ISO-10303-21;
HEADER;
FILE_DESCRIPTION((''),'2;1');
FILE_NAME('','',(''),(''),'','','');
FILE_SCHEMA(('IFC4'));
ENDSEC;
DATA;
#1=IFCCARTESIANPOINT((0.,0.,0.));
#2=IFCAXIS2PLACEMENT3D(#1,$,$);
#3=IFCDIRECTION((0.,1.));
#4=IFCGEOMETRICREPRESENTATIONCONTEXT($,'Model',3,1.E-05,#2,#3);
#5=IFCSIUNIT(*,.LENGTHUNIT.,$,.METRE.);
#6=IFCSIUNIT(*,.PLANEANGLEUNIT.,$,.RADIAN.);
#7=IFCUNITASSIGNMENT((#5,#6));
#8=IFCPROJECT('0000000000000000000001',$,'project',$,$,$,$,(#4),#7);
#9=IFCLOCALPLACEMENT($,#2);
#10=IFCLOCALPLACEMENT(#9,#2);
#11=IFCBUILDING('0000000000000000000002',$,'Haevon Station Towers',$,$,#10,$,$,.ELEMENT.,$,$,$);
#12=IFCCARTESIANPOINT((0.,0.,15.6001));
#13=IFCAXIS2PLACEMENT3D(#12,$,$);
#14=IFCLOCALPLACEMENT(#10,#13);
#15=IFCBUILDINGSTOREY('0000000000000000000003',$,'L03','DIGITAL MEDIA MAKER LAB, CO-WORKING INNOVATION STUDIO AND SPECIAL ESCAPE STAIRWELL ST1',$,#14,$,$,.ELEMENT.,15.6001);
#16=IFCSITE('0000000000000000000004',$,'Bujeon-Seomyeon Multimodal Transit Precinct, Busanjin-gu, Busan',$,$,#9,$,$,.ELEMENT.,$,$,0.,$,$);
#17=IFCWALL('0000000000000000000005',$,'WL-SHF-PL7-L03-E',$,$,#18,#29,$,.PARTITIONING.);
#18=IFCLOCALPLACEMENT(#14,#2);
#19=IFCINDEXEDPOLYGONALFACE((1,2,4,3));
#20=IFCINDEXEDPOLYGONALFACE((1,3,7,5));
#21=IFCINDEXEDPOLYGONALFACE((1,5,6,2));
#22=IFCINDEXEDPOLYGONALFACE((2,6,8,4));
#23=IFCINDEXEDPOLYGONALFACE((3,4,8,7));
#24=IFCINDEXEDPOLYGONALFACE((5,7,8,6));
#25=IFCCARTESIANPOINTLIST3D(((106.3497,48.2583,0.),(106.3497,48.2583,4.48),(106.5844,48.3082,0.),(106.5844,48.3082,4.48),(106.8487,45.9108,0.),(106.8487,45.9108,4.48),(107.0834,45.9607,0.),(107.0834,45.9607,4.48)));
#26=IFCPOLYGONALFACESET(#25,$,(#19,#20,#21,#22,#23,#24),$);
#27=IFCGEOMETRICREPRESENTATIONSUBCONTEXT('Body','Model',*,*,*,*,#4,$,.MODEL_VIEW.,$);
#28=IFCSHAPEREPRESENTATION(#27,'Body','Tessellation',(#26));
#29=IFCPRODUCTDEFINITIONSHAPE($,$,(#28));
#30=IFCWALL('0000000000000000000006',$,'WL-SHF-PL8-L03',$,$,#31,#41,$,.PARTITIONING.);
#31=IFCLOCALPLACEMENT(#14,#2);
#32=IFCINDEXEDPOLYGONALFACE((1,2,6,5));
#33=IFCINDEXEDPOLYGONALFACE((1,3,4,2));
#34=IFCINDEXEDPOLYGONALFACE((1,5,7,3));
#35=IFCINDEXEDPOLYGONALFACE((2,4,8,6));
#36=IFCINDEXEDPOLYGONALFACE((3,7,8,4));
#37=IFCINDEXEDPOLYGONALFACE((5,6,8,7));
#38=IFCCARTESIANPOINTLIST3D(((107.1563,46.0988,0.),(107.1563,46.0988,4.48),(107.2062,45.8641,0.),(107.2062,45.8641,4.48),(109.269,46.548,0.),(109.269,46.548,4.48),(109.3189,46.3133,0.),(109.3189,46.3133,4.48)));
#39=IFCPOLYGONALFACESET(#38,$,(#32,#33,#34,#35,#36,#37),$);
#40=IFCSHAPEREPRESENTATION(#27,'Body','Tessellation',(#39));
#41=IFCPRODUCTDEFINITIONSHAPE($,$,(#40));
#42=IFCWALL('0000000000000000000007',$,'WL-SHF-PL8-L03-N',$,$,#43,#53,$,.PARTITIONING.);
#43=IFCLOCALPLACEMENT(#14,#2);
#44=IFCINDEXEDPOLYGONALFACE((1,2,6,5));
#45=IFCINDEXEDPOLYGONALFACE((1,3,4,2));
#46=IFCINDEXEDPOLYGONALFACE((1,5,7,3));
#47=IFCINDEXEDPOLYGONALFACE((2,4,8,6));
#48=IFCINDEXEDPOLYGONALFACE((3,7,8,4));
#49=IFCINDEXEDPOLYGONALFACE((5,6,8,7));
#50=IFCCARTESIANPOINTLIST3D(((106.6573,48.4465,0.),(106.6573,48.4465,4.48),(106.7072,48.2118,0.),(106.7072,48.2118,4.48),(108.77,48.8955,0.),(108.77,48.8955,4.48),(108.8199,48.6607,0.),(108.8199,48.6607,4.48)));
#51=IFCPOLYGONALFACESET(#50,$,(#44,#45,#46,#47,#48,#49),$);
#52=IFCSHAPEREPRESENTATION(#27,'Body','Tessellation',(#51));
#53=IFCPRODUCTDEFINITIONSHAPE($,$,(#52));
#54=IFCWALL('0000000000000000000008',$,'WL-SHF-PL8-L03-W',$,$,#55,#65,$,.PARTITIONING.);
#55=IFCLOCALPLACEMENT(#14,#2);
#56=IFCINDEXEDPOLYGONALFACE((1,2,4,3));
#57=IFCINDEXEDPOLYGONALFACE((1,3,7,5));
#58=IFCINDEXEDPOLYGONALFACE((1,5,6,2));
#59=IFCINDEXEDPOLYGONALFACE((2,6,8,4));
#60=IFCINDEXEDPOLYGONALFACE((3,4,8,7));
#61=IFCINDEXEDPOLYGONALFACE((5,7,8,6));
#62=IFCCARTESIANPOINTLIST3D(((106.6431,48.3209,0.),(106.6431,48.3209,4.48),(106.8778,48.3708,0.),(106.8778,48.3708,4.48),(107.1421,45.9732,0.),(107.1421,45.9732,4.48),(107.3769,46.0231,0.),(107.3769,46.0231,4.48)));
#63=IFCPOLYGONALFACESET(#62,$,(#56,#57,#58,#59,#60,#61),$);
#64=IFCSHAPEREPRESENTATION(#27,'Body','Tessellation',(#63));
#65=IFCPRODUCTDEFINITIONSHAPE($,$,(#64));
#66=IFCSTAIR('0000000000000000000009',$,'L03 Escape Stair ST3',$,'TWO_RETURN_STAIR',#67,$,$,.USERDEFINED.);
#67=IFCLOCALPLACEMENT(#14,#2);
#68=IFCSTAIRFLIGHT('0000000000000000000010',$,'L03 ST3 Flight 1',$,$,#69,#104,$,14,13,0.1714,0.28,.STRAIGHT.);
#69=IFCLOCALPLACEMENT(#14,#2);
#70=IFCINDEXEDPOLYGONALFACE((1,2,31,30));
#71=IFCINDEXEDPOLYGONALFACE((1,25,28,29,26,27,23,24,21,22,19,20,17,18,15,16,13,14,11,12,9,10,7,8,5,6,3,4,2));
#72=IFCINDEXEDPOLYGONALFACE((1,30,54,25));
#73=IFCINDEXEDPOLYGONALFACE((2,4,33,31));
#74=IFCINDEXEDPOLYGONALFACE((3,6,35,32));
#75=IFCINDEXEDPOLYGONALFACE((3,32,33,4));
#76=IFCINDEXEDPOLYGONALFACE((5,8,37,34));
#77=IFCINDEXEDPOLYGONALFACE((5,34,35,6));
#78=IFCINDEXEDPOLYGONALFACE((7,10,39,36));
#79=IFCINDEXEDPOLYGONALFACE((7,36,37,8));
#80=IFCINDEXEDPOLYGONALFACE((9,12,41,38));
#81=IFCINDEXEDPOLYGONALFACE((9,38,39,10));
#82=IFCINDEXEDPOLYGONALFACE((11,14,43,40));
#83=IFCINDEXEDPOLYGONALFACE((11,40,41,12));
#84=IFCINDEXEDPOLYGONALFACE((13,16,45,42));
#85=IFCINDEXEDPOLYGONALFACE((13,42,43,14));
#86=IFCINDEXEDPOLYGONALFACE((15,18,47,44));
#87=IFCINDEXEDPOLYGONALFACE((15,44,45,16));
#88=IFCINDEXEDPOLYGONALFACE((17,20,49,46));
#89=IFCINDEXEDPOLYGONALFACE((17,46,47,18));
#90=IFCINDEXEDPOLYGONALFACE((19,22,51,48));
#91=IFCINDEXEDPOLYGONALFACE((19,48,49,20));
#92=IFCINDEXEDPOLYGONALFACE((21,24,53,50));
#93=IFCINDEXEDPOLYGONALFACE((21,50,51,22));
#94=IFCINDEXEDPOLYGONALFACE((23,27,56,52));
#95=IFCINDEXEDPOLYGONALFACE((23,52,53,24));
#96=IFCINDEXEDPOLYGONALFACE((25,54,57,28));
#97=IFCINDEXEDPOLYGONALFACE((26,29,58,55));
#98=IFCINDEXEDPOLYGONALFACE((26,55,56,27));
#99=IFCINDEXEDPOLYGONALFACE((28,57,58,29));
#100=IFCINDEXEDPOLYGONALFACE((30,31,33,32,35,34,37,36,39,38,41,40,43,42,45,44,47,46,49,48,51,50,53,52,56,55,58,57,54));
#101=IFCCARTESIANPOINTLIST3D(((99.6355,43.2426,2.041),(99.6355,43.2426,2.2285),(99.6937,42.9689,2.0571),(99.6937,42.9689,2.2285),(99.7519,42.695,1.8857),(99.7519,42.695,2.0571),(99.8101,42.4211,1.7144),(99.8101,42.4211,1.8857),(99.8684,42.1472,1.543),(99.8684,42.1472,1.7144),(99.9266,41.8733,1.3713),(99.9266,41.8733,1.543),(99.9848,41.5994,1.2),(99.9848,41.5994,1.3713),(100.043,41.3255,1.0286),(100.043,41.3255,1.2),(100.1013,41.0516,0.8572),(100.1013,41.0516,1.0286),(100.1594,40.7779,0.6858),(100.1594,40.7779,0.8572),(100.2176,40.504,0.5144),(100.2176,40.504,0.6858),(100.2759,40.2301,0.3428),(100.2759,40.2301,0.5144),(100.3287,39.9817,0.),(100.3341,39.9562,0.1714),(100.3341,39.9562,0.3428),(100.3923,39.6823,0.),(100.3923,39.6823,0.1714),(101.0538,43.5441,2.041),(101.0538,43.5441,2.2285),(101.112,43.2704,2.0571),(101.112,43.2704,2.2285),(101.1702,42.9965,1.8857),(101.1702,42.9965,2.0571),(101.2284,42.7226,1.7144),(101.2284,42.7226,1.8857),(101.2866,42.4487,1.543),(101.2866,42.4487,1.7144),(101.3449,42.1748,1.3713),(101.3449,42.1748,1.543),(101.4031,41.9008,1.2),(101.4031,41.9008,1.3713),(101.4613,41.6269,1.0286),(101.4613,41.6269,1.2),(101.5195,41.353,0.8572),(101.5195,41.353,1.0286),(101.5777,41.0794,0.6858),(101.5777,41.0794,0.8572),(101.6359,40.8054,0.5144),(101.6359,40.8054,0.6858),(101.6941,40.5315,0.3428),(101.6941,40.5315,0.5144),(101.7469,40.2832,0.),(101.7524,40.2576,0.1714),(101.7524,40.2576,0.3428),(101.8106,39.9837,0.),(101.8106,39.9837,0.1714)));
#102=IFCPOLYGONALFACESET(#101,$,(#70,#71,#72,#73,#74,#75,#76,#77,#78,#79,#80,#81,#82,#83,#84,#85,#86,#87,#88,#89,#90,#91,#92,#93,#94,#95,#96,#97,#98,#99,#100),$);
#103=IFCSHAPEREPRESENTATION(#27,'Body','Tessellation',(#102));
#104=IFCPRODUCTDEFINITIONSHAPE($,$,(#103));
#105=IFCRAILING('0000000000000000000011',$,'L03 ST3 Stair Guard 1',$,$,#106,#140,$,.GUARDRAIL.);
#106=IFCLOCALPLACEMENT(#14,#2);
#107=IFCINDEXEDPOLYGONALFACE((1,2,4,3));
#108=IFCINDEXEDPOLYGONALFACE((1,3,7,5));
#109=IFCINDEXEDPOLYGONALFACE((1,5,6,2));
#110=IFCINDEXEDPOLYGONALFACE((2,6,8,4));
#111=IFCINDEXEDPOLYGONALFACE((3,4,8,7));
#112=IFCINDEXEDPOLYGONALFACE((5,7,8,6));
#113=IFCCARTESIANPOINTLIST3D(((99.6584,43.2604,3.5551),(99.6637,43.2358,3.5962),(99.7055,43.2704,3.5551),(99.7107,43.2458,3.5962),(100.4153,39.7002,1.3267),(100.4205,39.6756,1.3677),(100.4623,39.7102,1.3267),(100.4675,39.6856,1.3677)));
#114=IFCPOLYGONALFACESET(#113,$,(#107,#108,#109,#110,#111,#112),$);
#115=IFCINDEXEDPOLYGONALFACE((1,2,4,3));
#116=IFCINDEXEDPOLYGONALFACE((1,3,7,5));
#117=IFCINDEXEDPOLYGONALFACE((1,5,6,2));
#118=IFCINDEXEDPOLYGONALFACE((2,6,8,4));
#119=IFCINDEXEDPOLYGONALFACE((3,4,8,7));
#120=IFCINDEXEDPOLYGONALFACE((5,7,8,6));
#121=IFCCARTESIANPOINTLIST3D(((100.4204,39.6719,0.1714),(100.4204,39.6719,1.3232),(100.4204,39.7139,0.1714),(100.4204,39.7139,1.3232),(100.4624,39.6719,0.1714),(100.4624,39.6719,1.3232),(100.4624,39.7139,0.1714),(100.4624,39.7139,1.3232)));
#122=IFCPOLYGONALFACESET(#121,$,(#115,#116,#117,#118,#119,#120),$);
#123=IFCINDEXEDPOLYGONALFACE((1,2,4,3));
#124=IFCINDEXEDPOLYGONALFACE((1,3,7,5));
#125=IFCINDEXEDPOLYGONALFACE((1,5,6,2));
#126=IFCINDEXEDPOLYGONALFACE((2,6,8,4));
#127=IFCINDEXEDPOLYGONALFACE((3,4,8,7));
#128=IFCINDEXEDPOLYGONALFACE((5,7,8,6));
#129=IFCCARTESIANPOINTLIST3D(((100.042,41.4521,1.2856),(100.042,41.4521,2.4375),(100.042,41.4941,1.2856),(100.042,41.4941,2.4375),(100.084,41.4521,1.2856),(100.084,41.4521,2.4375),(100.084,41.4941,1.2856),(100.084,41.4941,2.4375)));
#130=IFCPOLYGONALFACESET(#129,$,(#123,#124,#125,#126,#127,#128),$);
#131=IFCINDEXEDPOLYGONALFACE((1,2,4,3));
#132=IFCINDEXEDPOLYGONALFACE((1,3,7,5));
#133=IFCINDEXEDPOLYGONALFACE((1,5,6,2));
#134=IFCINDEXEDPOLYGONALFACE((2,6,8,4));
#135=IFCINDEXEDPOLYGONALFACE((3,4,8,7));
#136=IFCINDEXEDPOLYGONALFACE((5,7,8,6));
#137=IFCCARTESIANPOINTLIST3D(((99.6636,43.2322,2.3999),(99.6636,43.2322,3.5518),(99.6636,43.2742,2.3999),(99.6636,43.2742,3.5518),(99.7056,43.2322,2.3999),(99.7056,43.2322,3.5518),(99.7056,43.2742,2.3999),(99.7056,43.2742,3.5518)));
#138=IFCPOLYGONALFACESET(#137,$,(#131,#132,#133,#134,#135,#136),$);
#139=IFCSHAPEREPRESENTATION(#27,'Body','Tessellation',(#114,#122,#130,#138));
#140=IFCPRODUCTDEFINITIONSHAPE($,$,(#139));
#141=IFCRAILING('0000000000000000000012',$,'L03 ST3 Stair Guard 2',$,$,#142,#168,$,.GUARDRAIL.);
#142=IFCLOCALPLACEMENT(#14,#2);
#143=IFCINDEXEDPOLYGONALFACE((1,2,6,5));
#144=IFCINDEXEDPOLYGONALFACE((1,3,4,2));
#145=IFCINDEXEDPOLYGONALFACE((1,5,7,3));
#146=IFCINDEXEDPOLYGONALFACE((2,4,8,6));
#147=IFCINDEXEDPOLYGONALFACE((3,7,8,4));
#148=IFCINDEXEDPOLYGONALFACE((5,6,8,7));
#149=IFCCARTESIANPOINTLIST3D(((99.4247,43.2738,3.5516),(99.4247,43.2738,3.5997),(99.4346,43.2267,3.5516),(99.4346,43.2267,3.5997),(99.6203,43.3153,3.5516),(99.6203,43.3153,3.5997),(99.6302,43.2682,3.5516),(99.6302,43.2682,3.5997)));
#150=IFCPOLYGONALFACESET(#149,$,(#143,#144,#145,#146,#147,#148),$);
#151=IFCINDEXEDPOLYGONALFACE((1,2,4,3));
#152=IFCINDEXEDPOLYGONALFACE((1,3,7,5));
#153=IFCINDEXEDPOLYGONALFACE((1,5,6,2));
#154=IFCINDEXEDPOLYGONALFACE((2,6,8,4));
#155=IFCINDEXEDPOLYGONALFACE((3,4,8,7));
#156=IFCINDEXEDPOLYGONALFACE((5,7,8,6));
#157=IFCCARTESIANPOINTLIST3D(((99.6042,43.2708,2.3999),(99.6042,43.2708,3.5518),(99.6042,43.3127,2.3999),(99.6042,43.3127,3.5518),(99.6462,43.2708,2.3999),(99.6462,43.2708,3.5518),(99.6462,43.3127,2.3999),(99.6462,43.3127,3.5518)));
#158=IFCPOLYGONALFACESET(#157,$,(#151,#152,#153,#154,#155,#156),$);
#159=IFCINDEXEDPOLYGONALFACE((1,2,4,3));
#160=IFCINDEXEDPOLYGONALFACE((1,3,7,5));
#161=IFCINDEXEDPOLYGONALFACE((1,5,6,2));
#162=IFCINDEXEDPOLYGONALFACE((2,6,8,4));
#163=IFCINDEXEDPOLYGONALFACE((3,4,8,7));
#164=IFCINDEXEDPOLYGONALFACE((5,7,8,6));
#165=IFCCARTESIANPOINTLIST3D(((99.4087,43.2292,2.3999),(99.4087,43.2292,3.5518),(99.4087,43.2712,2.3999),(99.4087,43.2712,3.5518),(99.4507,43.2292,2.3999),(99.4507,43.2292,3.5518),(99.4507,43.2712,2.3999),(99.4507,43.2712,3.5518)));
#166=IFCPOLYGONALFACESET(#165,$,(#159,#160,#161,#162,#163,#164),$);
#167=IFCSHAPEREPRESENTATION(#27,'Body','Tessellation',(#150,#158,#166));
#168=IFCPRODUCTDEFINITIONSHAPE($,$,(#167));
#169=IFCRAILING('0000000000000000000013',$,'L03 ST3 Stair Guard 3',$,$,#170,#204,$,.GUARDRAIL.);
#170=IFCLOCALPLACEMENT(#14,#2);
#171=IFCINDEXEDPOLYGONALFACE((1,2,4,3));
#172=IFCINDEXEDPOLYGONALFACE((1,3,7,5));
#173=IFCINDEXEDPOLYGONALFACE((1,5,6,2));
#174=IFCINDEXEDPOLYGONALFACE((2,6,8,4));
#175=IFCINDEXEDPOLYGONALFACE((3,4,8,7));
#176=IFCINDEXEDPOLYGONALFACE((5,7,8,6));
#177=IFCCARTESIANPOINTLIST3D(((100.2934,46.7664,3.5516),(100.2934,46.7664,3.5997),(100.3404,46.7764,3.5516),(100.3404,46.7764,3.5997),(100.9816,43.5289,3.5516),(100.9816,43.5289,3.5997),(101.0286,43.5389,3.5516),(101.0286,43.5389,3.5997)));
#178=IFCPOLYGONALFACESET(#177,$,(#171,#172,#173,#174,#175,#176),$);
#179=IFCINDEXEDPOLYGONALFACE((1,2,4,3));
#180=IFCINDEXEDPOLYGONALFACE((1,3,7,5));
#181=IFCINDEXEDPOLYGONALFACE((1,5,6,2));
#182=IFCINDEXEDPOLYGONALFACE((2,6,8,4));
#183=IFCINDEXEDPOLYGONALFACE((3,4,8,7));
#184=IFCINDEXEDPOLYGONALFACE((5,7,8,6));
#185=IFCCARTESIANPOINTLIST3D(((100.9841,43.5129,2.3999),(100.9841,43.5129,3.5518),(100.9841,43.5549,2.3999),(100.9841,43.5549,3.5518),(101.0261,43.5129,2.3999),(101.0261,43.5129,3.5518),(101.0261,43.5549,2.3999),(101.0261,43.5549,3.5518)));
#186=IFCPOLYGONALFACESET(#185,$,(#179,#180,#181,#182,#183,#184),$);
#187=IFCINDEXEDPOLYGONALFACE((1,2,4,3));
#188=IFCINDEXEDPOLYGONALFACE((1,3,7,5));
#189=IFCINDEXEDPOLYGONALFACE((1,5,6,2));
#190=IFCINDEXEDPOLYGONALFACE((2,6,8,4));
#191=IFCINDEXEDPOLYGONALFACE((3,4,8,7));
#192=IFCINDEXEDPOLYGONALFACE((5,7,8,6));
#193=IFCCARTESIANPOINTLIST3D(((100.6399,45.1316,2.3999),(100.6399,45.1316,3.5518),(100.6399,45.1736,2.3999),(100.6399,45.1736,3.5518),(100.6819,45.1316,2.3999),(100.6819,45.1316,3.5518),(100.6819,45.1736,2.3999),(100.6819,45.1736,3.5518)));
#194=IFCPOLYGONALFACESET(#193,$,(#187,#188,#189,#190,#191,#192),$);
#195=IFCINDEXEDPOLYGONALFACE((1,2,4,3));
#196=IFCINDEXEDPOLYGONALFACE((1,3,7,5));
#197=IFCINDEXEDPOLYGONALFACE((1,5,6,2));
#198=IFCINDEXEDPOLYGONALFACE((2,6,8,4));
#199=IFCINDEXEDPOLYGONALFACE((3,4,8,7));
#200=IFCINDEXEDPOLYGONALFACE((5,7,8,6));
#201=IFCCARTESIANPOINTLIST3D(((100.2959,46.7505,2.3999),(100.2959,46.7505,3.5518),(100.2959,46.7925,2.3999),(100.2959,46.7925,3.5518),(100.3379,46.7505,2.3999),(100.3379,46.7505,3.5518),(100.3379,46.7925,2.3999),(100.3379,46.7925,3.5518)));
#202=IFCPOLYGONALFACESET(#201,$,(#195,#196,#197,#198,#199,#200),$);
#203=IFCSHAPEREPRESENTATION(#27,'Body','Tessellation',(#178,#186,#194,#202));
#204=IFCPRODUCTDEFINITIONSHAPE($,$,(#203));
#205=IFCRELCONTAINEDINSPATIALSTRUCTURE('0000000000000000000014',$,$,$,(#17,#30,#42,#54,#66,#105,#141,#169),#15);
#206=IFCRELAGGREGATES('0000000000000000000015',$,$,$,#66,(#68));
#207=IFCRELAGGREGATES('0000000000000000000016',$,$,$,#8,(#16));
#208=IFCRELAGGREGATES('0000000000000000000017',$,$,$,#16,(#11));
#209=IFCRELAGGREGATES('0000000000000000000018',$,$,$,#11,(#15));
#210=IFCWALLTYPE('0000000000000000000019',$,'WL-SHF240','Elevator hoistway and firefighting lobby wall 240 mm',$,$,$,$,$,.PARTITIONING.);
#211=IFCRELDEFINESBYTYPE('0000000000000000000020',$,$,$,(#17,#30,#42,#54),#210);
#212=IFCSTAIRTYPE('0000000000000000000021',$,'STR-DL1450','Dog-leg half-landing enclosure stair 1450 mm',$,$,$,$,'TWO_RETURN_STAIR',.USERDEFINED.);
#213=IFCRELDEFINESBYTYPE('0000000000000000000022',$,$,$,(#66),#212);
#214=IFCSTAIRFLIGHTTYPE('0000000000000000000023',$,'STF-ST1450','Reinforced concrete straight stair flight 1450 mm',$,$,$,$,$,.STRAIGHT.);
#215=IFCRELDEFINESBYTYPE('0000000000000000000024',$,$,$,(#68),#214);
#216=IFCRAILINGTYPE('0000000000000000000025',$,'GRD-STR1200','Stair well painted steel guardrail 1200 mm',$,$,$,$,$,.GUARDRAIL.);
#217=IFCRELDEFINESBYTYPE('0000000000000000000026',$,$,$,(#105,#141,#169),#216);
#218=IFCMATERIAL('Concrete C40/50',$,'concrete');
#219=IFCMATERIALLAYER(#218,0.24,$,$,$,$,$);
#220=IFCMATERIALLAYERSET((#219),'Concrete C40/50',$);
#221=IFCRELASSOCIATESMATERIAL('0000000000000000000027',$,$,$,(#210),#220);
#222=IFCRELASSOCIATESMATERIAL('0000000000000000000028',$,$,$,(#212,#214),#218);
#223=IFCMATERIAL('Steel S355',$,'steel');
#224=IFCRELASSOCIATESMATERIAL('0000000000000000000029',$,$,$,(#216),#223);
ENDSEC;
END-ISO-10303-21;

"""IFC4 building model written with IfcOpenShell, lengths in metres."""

from ifc_helpers import new_model, si_unit, direction, frame, frame_2d, origin, origin_2d, place, context, subcontext, project, spatial, polyline, rectangle, outline, extrude, material, layer, layer_set, type_object, element, aggregate, save


model = new_model("IFC4")

# Units and contexts
model_context = context("Model", 3, precision=1e-05, world=origin(), true_north=direction((0.0, 1.0)))
body_context = subcontext(model_context, "Body", "Model", "MODEL_VIEW")
ifc_project = project(units=[si_unit("LENGTHUNIT", "METRE"), si_unit("PLANEANGLEUNIT", "RADIAN")], contexts=[model_context])

# Site, building, storey
site_placement = place(None, origin())
site = spatial("IfcSite", under=ifc_project, at=site_placement, Name="Bujeon-Seomyeon Multimodal Transit Precinct, Busanjin-gu, Busan", CompositionType="ELEMENT", RefElevation=0.0)
building_placement = place(site_placement, origin())
building = spatial("IfcBuilding", under=site, at=building_placement, Name="Haevon Station Towers", CompositionType="ELEMENT")
storey_placement = place(building_placement, frame((0.0, 0.0, 15.6001)))
storey = spatial("IfcBuildingStorey", under=building, at=storey_placement, Name="L03", Description="DIGITAL MEDIA MAKER LAB, CO-WORKING INNOVATION STUDIO AND SPECIAL ESCAPE STAIRWELL ST1", CompositionType="ELEMENT", Elevation=15.6001)

# Shared definitions
ifc_material_1 = material(Name="Steel S355", Category="steel")

# Shared definitions
ifc_material_2 = material(Name="Concrete C40/50", Category="concrete")
ifc_layer_1 = layer(ifc_material_2, 0.24)
ifc_layer_set_1 = layer_set([ifc_layer_1], Name="Concrete C40/50")
wall_type_1 = type_object("IfcWallType", Name="WL-SHF240", Description="Elevator hoistway and firefighting lobby wall 240 mm", PredefinedType="PARTITIONING", material=ifc_layer_set_1)

# Walls
wall_1_placement = place(storey_placement, frame((106.9661, 45.9358, 0.0), z_axis=(0.0, 0.0, 1.0), x_axis=(-0.207938, 0.978142, 0.0)))
element("IfcWall", 1, at=wall_1_placement, inside=storey, type_object=wall_type_1, Name="WL-SHF-PL7-L03-E", PredefinedType="PARTITIONING", context=body_context, shape_type="SweptSolid", body=[
    extrude(rectangle(XDim=2.3999, YDim=0.24, at=frame_2d((1.2, 0.0))), origin(), (0.0, 0.0, 1.0), 4.48),
])
for number, where, z_axis, x_axis, name in (
    (2, (107.1812, 45.9814, 0.0), (0.0, 0.0, 1.0), (0.978135, 0.20797, 0.0), "WL-SHF-PL8-L03"),
    (3, (106.6821, 48.3291, 0.0), (0.0, 0.0, 1.0), (0.978158, 0.207861, 0.0), "WL-SHF-PL8-L03-N"),
):
    element("IfcWall", number, at=place(storey_placement, frame(where, z_axis=z_axis, x_axis=x_axis)), inside=storey, type_object=wall_type_1, Name=name, PredefinedType="PARTITIONING", context=body_context, shape_type="SweptSolid", body=[
        extrude(rectangle(XDim=2.1599, YDim=0.24, at=frame_2d((1.0801, 0.0))), origin(), (0.0, 0.0, 1.0), 4.48),
    ])
wall_2_placement = place(storey_placement, frame((107.2595, 45.998, 0.0), z_axis=(0.0, 0.0, 1.0), x_axis=(-0.207917, 0.978146, 0.0)))
element("IfcWall", 4, at=wall_2_placement, inside=storey, type_object=wall_type_1, Name="WL-SHF-PL8-L03-W", PredefinedType="PARTITIONING", context=body_context, shape_type="SweptSolid", body=[
    extrude(rectangle(XDim=2.4001, YDim=0.24, at=frame_2d((1.2002, 0.0))), origin(), (0.0, 0.0, 1.0), 4.48),
])

# Stair, stair flight
stair_type = type_object("IfcStairType", Name="STR-DL1450", Description="Dog-leg half-landing enclosure stair 1450 mm", ElementType="TWO_RETURN_STAIR", PredefinedType="USERDEFINED", material=ifc_material_2)
stair_placement = place(storey_placement, origin())
stair = element("IfcStair", 5, at=stair_placement, inside=storey, type_object=stair_type, Name="L03 Escape Stair ST3", ObjectType="TWO_RETURN_STAIR", PredefinedType="USERDEFINED")
stair_flight_type = type_object("IfcStairFlightType", Name="STF-ST1450", Description="Reinforced concrete straight stair flight 1450 mm", PredefinedType="STRAIGHT", material=ifc_material_2)
stair_flight_placement = place(storey_placement, frame((101.1016, 39.833, 0.0), z_axis=(0.0, 0.0, 1.0), x_axis=(-0.207912, 0.978148, 0.0)))
stair_flight = element("IfcStairFlight", 6, at=stair_flight_placement, type_object=stair_flight_type, Name="L03 ST3 Flight 1", NumberOfRisers=14, NumberOfTreads=13, PredefinedType="STRAIGHT", RiserHeight=0.1714, TreadLength=0.28, context=body_context, shape_type="SweptSolid", body=[
    extrude(outline(polyline([(0.0, 0.0), (0.0, 0.1714), (0.28, 0.1714), (0.28, 0.3428), (0.5601, 0.3428), (0.5601, 0.5144), (0.8401, 0.5144), (0.8401, 0.6858), (1.1201, 0.6858), (1.1201, 0.8572), (1.3999, 0.8572), (1.3999, 1.0286), (1.6799, 1.0286), (1.6799, 1.2), (1.96, 1.2), (1.96, 1.3713), (2.24, 1.3713), (2.24, 1.543), (2.52, 1.543), (2.52, 1.7144), (2.8, 1.7144), (2.8, 1.8857), (3.0801, 1.8857), (3.0801, 2.0571), (3.3601, 2.0571), (3.3601, 2.2285), (3.6399, 2.2285), (3.6399, 2.3999), (3.6399, 2.041), (0.3062, 0.0), (0.0, 0.0)])), frame((0.0, 0.7251, 0.0), z_axis=(0.0, -1.0, 0.0), x_axis=(1.0, 0.0, 0.0)), (0.0, 0.0, 1.0), 1.45),
])
aggregate(stair, [stair_flight])

# Railings
railing_type_1 = type_object("IfcRailingType", Name="GRD-STR1200", Description="Stair well painted steel guardrail 1200 mm", PredefinedType="GUARDRAIL", material=ifc_material_1)
railing_1_placement = place(storey_placement, frame((100.4414, 39.6929, 0.1714)))
element("IfcRailing", 7, at=railing_1_placement, inside=storey, type_object=railing_type_1, Name="L03 ST3 Stair Guard 1", PredefinedType="GUARDRAIL", context=body_context, shape_type="SweptSolid", body=[
    extrude(rectangle(XDim=0.0481, YDim=0.0481, at=origin_2d()), frame((0.0, 0.0, 1.1758), z_axis=(-0.177333, 0.834208, 0.522159), x_axis=(-0.978144, -0.20793, 0.0)), (0.0, 0.0, 1.0), 4.2678),
    extrude(rectangle(XDim=0.042, YDim=0.042, at=origin_2d()), origin(), (0.0, 0.0, 1.0), 1.1519),
    extrude(rectangle(XDim=0.042, YDim=0.042, at=origin_2d()), frame((-0.3784, 1.7803, 1.1143)), (0.0, 0.0, 1.0), 1.1519),
    extrude(rectangle(XDim=0.042, YDim=0.042, at=origin_2d()), frame((-0.7568, 3.5603, 2.2285)), (0.0, 0.0, 1.0), 1.1519),
])
railing_2_placement = place(storey_placement, frame((99.6252, 43.2917, 2.3999)))
element("IfcRailing", 8, at=railing_2_placement, inside=storey, type_object=railing_type_1, Name="L03 ST3 Stair Guard 2", PredefinedType="GUARDRAIL", context=body_context, shape_type="SweptSolid", body=[
    extrude(rectangle(XDim=0.0481, YDim=0.0481, at=origin_2d()), frame((0.0, 0.0, 1.1758), z_axis=(-0.978212, -0.20761, 0.0), x_axis=(0.20761, -0.978212, 0.0)), (0.0, 0.0, 1.0), 0.2),
    extrude(rectangle(XDim=0.042, YDim=0.042, at=origin_2d()), origin(), (0.0, 0.0, 1.0), 1.1519),
    extrude(rectangle(XDim=0.042, YDim=0.042, at=origin_2d()), frame((-0.1956, -0.0415, 0.0)), (0.0, 0.0, 1.0), 1.1519),
])
railing_3_placement = place(storey_placement, frame((101.0051, 43.5339, 2.3999)))
element("IfcRailing", 9, at=railing_3_placement, inside=storey, type_object=railing_type_1, Name="L03 ST3 Stair Guard 3", PredefinedType="GUARDRAIL", context=body_context, shape_type="SweptSolid", body=[
    extrude(rectangle(XDim=0.0481, YDim=0.0481, at=origin_2d()), frame((0.0, 0.0, 1.1758), z_axis=(-0.207932, 0.978143, 0.0), x_axis=(-0.978143, -0.207932, 0.0)), (0.0, 0.0, 1.0), 3.3098),
    extrude(rectangle(XDim=0.042, YDim=0.042, at=origin_2d()), origin(), (0.0, 0.0, 1.0), 1.1519),
    extrude(rectangle(XDim=0.042, YDim=0.042, at=origin_2d()), frame((-0.3442, 1.6187, 0.0)), (0.0, 0.0, 1.0), 1.1519),
    extrude(rectangle(XDim=0.042, YDim=0.042, at=origin_2d()), frame((-0.6882, 3.2375, 0.0)), (0.0, 0.0, 1.0), 1.1519),
])

save(model, "model.ifc")
